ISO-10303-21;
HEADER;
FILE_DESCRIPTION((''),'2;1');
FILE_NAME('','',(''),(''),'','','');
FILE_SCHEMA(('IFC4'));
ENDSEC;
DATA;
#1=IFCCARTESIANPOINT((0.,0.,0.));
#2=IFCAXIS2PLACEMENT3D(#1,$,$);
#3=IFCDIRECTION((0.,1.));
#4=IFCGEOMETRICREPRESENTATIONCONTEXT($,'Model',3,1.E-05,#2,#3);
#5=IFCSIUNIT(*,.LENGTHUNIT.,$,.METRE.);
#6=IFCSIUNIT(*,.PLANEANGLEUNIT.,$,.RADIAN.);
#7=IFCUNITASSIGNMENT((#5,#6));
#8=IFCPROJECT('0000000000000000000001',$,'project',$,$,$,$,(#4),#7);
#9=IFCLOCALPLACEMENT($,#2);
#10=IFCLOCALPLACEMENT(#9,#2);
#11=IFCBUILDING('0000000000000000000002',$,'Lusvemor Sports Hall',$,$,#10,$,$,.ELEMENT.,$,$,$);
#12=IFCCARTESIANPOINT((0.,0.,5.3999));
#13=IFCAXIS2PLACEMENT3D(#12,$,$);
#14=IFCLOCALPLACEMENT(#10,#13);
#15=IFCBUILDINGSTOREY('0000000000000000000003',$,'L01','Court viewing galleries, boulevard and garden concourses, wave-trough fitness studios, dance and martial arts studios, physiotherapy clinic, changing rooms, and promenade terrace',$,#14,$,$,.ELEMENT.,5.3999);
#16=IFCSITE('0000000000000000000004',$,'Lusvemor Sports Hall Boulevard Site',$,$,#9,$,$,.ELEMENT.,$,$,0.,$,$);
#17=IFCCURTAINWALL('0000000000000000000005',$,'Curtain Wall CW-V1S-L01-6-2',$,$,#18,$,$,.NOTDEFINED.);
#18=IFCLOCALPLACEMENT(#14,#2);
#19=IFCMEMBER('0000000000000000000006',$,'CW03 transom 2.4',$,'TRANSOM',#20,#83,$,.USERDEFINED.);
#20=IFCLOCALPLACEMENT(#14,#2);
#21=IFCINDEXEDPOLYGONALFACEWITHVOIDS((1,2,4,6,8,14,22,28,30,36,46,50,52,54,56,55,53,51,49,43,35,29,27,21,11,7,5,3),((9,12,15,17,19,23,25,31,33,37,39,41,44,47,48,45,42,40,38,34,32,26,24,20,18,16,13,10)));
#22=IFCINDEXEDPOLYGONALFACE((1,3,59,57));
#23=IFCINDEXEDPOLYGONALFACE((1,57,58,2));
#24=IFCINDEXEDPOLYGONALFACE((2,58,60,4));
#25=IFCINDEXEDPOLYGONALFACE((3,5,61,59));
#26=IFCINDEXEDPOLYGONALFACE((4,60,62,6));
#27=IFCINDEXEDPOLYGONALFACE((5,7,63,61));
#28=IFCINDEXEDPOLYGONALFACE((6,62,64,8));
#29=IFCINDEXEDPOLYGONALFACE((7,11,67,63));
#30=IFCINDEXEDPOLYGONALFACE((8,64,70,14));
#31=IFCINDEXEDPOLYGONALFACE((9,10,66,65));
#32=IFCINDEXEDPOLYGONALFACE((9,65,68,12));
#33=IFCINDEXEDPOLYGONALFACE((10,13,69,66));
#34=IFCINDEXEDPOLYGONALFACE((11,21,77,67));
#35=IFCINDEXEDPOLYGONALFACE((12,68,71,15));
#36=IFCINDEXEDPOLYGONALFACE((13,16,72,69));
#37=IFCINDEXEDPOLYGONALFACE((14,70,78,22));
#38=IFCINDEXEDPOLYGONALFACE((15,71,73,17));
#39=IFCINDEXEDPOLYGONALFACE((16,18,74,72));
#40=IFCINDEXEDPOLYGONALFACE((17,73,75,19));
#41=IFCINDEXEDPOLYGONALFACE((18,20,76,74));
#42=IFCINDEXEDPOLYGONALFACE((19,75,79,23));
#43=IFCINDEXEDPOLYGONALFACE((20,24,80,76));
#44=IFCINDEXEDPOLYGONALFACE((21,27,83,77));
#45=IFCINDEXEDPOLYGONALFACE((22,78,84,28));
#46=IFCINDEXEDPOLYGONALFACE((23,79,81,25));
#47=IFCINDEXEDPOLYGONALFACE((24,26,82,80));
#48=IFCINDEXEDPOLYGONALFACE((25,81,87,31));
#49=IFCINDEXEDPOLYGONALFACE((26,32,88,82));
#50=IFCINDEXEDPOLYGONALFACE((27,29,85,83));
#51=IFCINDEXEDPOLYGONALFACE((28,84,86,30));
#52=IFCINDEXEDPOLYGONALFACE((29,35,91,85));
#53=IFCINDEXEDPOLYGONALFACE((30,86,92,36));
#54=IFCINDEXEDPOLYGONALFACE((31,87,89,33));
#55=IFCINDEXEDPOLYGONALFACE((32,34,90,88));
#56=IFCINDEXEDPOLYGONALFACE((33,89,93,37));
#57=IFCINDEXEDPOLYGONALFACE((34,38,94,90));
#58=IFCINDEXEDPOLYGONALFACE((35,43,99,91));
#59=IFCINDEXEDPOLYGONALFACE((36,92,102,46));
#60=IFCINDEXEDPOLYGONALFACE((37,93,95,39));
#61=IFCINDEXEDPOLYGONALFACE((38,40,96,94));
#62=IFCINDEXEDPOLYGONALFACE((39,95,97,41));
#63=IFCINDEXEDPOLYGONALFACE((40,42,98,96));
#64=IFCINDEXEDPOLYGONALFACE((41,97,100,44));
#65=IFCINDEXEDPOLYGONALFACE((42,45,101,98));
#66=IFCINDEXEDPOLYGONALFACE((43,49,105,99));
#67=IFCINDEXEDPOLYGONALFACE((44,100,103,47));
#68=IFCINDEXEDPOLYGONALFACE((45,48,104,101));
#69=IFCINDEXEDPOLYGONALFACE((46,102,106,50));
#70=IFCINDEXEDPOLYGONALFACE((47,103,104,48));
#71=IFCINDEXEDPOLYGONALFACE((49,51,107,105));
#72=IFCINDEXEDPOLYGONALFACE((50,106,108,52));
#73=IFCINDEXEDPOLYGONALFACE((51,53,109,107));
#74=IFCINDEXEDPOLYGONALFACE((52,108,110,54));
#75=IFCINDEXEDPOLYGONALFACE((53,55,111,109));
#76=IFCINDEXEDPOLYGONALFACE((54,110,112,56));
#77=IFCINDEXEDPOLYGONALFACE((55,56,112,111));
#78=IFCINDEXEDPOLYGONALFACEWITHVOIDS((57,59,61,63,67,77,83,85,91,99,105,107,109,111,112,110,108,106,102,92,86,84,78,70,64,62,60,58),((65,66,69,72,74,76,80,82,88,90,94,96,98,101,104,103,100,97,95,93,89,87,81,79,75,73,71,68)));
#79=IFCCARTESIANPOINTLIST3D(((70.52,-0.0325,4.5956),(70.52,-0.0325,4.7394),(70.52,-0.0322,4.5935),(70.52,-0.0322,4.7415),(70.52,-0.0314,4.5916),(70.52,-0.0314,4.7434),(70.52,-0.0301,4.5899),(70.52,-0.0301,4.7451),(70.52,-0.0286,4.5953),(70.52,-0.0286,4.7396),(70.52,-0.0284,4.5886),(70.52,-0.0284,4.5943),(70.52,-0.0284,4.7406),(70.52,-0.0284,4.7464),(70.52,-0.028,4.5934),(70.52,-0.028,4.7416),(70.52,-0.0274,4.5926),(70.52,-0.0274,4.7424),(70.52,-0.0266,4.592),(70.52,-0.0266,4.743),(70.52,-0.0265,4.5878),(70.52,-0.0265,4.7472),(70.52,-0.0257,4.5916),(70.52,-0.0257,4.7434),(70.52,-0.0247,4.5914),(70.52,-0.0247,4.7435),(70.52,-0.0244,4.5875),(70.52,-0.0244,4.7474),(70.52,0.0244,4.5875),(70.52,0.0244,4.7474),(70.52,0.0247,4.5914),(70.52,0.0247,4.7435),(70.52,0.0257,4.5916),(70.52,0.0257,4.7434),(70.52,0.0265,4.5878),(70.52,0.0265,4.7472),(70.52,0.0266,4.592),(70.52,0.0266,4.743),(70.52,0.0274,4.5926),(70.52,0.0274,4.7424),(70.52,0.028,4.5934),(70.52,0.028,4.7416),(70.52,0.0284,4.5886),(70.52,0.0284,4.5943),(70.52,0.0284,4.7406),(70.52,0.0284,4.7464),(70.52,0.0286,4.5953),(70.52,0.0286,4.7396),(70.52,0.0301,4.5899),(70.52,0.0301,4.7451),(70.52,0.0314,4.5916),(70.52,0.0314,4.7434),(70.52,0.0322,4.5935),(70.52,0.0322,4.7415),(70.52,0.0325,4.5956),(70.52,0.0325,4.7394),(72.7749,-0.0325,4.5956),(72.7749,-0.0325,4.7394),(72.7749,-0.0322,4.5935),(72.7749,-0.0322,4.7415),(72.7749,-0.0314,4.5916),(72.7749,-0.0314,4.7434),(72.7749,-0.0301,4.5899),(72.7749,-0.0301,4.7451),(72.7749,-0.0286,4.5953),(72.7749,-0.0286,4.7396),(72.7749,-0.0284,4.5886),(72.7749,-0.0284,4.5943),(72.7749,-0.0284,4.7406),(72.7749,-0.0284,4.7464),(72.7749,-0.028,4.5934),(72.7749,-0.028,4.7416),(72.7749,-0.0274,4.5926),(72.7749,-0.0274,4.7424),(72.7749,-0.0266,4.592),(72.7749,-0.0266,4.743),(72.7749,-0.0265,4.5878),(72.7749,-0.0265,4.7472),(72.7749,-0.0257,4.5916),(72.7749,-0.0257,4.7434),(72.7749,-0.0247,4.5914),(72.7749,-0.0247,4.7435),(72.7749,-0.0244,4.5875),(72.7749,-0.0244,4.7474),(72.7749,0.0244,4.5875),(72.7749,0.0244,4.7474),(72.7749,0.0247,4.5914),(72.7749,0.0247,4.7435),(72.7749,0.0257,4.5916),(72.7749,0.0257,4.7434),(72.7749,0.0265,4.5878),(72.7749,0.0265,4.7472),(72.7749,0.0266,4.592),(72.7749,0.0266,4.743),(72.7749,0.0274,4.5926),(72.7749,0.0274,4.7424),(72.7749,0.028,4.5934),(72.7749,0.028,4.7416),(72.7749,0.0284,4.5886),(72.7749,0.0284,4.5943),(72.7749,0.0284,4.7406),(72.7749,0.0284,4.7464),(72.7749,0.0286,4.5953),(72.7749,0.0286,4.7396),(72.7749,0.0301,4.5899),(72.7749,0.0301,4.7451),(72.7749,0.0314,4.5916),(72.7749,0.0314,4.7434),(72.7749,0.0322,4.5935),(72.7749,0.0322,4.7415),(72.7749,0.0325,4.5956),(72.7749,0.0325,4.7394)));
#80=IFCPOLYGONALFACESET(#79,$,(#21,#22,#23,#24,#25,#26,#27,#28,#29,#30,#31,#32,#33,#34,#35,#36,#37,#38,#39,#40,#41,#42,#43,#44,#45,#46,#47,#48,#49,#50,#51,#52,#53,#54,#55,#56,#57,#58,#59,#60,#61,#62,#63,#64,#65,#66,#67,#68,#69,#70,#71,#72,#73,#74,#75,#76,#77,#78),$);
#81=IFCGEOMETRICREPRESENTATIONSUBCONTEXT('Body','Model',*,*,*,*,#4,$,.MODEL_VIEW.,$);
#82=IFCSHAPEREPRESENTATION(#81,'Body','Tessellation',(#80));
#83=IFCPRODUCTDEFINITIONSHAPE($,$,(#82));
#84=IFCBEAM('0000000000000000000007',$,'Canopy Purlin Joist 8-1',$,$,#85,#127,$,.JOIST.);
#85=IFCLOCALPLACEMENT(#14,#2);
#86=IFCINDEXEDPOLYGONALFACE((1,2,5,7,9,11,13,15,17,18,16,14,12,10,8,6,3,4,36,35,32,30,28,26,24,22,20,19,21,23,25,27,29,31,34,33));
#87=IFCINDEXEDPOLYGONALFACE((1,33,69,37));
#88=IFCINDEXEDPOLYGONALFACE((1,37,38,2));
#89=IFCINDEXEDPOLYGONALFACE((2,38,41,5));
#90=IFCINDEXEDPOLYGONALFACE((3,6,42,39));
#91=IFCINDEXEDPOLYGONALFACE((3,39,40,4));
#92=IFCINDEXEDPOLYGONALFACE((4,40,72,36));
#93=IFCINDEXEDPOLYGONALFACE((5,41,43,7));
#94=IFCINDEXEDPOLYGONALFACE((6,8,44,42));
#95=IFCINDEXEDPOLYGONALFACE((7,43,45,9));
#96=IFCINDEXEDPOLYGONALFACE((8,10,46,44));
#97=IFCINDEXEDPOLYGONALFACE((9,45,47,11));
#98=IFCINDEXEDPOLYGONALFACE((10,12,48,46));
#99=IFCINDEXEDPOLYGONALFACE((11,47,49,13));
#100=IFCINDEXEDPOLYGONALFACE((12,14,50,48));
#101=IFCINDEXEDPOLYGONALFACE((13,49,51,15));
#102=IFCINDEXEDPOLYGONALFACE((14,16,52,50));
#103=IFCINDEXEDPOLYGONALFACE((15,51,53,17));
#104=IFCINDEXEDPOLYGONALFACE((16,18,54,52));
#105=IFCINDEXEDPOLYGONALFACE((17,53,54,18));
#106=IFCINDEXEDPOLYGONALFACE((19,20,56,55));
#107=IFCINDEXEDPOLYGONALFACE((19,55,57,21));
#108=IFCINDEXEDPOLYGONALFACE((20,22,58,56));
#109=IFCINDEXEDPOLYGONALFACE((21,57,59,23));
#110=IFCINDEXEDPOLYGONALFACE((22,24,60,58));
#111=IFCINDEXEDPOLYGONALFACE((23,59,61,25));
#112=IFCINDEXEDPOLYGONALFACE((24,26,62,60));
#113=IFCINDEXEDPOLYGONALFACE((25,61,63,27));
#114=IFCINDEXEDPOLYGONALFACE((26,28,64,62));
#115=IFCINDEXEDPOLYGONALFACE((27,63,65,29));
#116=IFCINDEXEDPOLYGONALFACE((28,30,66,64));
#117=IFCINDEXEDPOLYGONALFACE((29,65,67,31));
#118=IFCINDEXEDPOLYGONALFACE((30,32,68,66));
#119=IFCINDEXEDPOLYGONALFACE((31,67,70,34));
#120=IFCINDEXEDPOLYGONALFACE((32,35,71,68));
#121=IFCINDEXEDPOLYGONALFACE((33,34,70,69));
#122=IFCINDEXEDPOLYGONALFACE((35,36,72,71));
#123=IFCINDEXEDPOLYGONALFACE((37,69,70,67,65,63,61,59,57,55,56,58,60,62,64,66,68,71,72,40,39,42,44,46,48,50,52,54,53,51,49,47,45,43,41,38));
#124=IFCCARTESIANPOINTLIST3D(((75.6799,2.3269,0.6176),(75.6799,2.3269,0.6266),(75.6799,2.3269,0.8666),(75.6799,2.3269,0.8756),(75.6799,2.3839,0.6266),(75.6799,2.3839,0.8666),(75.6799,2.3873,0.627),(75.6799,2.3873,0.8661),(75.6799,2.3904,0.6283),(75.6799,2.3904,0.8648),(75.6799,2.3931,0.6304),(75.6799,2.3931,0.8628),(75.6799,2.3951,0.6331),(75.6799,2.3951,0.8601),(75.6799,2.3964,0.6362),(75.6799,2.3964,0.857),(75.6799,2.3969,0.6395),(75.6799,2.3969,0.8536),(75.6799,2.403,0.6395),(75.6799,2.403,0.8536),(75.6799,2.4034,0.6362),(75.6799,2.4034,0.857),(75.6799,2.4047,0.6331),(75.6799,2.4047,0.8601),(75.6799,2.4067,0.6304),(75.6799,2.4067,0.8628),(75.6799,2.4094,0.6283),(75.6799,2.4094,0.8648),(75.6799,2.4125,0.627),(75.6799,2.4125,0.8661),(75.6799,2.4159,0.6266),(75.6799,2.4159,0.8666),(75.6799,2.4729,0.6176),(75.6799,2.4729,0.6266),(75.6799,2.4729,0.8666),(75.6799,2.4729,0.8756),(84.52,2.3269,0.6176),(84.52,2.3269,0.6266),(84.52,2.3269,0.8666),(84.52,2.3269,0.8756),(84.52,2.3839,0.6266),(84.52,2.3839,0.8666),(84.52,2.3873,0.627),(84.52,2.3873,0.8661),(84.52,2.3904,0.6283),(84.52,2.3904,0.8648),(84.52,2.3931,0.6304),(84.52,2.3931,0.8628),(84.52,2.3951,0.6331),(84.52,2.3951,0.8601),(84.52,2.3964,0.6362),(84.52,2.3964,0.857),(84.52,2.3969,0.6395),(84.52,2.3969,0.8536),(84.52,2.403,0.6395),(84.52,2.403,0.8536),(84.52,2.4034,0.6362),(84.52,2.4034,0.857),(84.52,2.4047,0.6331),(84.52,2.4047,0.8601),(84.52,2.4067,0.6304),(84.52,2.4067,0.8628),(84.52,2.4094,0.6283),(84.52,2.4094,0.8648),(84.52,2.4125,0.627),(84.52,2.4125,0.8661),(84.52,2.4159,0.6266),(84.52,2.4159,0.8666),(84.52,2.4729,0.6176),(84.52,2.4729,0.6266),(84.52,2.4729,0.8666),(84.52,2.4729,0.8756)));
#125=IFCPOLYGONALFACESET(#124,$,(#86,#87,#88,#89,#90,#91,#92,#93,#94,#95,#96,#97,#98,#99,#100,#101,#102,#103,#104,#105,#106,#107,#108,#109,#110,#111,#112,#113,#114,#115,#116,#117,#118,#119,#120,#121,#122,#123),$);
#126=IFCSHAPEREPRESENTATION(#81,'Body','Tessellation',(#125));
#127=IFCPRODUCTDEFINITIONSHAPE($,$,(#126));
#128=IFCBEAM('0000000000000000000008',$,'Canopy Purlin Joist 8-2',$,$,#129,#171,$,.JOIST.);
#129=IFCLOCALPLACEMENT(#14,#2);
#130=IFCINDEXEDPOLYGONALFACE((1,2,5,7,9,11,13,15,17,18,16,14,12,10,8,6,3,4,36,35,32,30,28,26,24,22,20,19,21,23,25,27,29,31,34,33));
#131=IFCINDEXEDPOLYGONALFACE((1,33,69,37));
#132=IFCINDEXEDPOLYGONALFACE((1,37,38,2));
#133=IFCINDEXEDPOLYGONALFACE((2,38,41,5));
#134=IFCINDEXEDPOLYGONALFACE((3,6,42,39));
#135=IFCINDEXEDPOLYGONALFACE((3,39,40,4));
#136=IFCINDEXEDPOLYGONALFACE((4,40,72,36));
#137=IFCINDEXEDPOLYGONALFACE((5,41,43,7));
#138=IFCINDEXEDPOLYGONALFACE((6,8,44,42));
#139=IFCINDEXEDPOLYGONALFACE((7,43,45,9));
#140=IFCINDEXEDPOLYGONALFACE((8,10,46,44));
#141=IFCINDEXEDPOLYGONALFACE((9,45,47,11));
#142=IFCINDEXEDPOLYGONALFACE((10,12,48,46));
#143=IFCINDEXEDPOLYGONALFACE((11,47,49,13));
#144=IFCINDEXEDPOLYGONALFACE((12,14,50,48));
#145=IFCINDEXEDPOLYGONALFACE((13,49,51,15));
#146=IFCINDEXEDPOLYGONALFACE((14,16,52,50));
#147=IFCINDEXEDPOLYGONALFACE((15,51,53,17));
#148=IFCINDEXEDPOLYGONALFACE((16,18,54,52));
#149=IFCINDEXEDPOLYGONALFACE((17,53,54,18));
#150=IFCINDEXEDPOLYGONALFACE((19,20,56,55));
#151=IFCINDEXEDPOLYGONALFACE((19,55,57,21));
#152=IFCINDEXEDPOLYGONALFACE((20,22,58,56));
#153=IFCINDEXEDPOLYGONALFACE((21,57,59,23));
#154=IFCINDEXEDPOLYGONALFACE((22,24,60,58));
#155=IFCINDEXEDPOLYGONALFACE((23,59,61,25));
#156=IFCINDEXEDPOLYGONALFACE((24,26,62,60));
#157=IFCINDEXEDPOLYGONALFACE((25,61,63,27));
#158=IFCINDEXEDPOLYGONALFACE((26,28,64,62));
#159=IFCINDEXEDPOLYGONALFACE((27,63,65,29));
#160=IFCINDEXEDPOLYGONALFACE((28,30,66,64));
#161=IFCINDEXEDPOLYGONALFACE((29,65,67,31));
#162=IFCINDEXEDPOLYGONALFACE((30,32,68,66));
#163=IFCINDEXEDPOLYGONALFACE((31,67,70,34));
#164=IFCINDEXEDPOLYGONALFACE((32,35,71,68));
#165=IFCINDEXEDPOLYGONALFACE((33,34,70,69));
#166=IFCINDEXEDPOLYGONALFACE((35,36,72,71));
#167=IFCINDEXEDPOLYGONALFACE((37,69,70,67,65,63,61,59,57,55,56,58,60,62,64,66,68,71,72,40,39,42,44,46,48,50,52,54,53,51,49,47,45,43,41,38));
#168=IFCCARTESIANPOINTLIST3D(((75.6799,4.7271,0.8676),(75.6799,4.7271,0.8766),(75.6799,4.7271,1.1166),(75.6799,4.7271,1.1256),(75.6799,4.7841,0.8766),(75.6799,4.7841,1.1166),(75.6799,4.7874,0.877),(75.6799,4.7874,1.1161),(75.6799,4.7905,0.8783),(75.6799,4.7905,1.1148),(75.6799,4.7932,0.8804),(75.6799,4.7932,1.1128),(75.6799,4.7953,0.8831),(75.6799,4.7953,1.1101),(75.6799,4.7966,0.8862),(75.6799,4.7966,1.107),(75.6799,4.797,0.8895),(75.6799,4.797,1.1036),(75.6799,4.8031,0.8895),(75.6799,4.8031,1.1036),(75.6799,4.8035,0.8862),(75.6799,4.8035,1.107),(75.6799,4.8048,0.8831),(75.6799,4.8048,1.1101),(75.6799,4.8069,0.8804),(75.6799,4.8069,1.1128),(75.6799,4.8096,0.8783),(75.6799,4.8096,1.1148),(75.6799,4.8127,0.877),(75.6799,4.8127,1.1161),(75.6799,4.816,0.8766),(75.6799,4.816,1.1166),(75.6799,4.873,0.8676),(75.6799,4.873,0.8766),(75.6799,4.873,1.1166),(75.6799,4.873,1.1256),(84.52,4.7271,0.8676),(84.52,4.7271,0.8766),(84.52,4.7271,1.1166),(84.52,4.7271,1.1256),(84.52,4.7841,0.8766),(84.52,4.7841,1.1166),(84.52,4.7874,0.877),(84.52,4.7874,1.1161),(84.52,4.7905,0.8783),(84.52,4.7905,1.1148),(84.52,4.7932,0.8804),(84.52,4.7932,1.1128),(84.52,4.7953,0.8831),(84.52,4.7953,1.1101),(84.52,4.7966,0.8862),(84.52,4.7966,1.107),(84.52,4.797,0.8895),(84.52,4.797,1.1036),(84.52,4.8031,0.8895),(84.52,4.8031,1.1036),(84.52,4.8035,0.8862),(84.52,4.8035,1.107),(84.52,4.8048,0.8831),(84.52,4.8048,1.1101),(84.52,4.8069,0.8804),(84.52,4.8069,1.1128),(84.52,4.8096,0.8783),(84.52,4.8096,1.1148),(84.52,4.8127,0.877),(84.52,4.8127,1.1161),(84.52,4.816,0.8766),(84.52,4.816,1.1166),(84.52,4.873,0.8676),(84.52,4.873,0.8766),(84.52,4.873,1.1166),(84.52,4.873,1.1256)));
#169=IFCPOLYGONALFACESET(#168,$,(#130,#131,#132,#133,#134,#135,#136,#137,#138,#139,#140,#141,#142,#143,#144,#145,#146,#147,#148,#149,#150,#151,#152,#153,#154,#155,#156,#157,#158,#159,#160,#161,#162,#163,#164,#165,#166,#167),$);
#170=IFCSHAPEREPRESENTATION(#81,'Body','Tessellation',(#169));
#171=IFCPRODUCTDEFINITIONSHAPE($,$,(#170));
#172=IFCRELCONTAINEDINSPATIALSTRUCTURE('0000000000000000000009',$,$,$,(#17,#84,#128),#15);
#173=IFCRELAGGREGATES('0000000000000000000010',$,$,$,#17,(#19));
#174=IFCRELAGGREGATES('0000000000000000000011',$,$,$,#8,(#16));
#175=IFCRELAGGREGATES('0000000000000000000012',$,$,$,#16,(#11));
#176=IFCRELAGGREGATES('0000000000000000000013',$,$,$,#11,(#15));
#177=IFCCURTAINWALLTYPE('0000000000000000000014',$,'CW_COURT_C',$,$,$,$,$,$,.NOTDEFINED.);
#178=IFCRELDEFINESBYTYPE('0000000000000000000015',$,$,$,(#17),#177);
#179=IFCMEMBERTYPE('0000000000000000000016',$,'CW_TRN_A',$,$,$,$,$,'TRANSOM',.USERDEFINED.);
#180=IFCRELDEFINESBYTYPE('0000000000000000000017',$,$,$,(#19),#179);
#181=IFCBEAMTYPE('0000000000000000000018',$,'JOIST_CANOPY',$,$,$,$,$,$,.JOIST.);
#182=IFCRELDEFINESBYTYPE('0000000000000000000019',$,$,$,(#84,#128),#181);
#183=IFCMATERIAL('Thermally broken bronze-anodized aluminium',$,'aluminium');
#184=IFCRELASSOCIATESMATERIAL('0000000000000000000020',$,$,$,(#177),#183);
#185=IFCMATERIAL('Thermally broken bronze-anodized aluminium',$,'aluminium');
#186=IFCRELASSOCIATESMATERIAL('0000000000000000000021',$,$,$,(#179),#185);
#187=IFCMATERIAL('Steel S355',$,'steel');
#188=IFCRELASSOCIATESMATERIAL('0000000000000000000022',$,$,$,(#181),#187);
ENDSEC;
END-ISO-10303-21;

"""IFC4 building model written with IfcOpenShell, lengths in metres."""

from ifc_helpers import new_model, si_unit, direction, frame, origin, origin_2d, place, context, subcontext, project, spatial, hollow_rectangle, i_section, extrude, material, material_profile, profile_set, type_object, element, aggregate, save


model = new_model("IFC4")

# Units and contexts
model_context = context("Model", 3, precision=1e-05, world=origin(), true_north=direction((0.0, 1.0)))
body_context = subcontext(model_context, "Body", "Model", "MODEL_VIEW")
ifc_project = project(units=[si_unit("LENGTHUNIT", "METRE"), si_unit("PLANEANGLEUNIT", "RADIAN")], contexts=[model_context])

# Site, building, storey
site_placement = place(None, origin())
site = spatial("IfcSite", under=ifc_project, at=site_placement, Name="Lusvemor Sports Hall Boulevard Site", CompositionType="ELEMENT", RefElevation=0.0)
building_placement = place(site_placement, origin())
building = spatial("IfcBuilding", under=site, at=building_placement, Name="Lusvemor Sports Hall", CompositionType="ELEMENT")
storey_placement = place(building_placement, frame((0.0, 0.0, 5.3999)))
storey = spatial("IfcBuildingStorey", under=building, at=storey_placement, Name="L01", Description="Court viewing galleries, boulevard and garden concourses, wave-trough fitness studios, dance and martial arts studios, physiotherapy clinic, changing rooms, and promenade terrace", CompositionType="ELEMENT", Elevation=5.3999)

# Curtain wall, member
ifc_material_1 = material(Name="Thermally broken bronze-anodized aluminium", Category="aluminium")
curtain_wall_type = type_object("IfcCurtainWallType", Name="CW_COURT_C", PredefinedType="NOTDEFINED", material=ifc_material_1)
curtain_wall_placement = place(storey_placement, origin())
curtain_wall = element("IfcCurtainWall", 1, at=curtain_wall_placement, inside=storey, type_object=curtain_wall_type, Name="Curtain Wall CW-V1S-L01-6-2", PredefinedType="NOTDEFINED")
ifc_material_2 = material(Name="Thermally broken bronze-anodized aluminium", Category="aluminium")
ifc_material_profile_1 = material_profile(ifc_material_2, hollow_rectangle(XDim=0.0649, YDim=0.1599, WallThickness=0.0039, InnerFilletRadius=0.0039, OuterFilletRadius=0.0081, at=origin_2d()), Name="CWTRN160x65x4")
ifc_profile_set_1 = profile_set([ifc_material_profile_1], Name="Thermally broken bronze-anodized aluminium")
member_type_1 = type_object("IfcMemberType", Name="CW_TRN_A", ElementType="TRANSOM", PredefinedType="USERDEFINED", material=ifc_profile_set_1)
member_1_placement = place(storey_placement, frame((72.7749, 0.0, 4.6675), z_axis=(-1.0, 0.0, 0.0), x_axis=(0.0, -1.0, 0.0)))
member_1 = element("IfcMember", 2, at=member_1_placement, type_object=member_type_1, Name="CW03 transom 2.4", ObjectType="TRANSOM", PredefinedType="USERDEFINED", context=body_context, shape_type="SweptSolid", body=[
    extrude(hollow_rectangle(XDim=0.0649, YDim=0.1599, WallThickness=0.0039, InnerFilletRadius=0.0039, OuterFilletRadius=0.0081, at=origin_2d()), origin(), (0.0, 0.0, 1.0), 2.2549),
])

# Beams
ifc_material_3 = material(Name="Steel S355", Category="steel")
ifc_material_profile_2 = material_profile(ifc_material_3, i_section(OverallWidth=0.146, OverallDepth=0.2581, WebThickness=0.0061, FlangeThickness=0.009, FilletRadius=0.0129, at=origin_2d()), Name="W250x32.7")
ifc_profile_set_2 = profile_set([ifc_material_profile_2], Name="Steel S355")
beam_type_1 = type_object("IfcBeamType", Name="JOIST_CANOPY", PredefinedType="JOIST", material=ifc_profile_set_2)
for number, where, z_axis, x_axis, name in (
    (3, (75.6799, 2.3999, 0.7466), (1.0, 0.0, 0.0), (0.0, 1.0, 0.0), "Canopy Purlin Joist 8-1"),
    (4, (75.6799, 4.8, 0.9966), (1.0, 0.0, 0.0), (0.0, 1.0, 0.0), "Canopy Purlin Joist 8-2"),
):
    element("IfcBeam", number, at=place(storey_placement, frame(where, z_axis=z_axis, x_axis=x_axis)), inside=storey, type_object=beam_type_1, Name=name, PredefinedType="JOIST", context=body_context, shape_type="SweptSolid", body=[
        extrude(i_section(OverallWidth=0.146, OverallDepth=0.2581, WebThickness=0.0061, FlangeThickness=0.009, FilletRadius=0.0129, at=origin_2d()), origin(), (0.0, 0.0, 1.0), 8.8401),
    ])

aggregate(curtain_wall, [member_1])

save(model, "model.ifc")
